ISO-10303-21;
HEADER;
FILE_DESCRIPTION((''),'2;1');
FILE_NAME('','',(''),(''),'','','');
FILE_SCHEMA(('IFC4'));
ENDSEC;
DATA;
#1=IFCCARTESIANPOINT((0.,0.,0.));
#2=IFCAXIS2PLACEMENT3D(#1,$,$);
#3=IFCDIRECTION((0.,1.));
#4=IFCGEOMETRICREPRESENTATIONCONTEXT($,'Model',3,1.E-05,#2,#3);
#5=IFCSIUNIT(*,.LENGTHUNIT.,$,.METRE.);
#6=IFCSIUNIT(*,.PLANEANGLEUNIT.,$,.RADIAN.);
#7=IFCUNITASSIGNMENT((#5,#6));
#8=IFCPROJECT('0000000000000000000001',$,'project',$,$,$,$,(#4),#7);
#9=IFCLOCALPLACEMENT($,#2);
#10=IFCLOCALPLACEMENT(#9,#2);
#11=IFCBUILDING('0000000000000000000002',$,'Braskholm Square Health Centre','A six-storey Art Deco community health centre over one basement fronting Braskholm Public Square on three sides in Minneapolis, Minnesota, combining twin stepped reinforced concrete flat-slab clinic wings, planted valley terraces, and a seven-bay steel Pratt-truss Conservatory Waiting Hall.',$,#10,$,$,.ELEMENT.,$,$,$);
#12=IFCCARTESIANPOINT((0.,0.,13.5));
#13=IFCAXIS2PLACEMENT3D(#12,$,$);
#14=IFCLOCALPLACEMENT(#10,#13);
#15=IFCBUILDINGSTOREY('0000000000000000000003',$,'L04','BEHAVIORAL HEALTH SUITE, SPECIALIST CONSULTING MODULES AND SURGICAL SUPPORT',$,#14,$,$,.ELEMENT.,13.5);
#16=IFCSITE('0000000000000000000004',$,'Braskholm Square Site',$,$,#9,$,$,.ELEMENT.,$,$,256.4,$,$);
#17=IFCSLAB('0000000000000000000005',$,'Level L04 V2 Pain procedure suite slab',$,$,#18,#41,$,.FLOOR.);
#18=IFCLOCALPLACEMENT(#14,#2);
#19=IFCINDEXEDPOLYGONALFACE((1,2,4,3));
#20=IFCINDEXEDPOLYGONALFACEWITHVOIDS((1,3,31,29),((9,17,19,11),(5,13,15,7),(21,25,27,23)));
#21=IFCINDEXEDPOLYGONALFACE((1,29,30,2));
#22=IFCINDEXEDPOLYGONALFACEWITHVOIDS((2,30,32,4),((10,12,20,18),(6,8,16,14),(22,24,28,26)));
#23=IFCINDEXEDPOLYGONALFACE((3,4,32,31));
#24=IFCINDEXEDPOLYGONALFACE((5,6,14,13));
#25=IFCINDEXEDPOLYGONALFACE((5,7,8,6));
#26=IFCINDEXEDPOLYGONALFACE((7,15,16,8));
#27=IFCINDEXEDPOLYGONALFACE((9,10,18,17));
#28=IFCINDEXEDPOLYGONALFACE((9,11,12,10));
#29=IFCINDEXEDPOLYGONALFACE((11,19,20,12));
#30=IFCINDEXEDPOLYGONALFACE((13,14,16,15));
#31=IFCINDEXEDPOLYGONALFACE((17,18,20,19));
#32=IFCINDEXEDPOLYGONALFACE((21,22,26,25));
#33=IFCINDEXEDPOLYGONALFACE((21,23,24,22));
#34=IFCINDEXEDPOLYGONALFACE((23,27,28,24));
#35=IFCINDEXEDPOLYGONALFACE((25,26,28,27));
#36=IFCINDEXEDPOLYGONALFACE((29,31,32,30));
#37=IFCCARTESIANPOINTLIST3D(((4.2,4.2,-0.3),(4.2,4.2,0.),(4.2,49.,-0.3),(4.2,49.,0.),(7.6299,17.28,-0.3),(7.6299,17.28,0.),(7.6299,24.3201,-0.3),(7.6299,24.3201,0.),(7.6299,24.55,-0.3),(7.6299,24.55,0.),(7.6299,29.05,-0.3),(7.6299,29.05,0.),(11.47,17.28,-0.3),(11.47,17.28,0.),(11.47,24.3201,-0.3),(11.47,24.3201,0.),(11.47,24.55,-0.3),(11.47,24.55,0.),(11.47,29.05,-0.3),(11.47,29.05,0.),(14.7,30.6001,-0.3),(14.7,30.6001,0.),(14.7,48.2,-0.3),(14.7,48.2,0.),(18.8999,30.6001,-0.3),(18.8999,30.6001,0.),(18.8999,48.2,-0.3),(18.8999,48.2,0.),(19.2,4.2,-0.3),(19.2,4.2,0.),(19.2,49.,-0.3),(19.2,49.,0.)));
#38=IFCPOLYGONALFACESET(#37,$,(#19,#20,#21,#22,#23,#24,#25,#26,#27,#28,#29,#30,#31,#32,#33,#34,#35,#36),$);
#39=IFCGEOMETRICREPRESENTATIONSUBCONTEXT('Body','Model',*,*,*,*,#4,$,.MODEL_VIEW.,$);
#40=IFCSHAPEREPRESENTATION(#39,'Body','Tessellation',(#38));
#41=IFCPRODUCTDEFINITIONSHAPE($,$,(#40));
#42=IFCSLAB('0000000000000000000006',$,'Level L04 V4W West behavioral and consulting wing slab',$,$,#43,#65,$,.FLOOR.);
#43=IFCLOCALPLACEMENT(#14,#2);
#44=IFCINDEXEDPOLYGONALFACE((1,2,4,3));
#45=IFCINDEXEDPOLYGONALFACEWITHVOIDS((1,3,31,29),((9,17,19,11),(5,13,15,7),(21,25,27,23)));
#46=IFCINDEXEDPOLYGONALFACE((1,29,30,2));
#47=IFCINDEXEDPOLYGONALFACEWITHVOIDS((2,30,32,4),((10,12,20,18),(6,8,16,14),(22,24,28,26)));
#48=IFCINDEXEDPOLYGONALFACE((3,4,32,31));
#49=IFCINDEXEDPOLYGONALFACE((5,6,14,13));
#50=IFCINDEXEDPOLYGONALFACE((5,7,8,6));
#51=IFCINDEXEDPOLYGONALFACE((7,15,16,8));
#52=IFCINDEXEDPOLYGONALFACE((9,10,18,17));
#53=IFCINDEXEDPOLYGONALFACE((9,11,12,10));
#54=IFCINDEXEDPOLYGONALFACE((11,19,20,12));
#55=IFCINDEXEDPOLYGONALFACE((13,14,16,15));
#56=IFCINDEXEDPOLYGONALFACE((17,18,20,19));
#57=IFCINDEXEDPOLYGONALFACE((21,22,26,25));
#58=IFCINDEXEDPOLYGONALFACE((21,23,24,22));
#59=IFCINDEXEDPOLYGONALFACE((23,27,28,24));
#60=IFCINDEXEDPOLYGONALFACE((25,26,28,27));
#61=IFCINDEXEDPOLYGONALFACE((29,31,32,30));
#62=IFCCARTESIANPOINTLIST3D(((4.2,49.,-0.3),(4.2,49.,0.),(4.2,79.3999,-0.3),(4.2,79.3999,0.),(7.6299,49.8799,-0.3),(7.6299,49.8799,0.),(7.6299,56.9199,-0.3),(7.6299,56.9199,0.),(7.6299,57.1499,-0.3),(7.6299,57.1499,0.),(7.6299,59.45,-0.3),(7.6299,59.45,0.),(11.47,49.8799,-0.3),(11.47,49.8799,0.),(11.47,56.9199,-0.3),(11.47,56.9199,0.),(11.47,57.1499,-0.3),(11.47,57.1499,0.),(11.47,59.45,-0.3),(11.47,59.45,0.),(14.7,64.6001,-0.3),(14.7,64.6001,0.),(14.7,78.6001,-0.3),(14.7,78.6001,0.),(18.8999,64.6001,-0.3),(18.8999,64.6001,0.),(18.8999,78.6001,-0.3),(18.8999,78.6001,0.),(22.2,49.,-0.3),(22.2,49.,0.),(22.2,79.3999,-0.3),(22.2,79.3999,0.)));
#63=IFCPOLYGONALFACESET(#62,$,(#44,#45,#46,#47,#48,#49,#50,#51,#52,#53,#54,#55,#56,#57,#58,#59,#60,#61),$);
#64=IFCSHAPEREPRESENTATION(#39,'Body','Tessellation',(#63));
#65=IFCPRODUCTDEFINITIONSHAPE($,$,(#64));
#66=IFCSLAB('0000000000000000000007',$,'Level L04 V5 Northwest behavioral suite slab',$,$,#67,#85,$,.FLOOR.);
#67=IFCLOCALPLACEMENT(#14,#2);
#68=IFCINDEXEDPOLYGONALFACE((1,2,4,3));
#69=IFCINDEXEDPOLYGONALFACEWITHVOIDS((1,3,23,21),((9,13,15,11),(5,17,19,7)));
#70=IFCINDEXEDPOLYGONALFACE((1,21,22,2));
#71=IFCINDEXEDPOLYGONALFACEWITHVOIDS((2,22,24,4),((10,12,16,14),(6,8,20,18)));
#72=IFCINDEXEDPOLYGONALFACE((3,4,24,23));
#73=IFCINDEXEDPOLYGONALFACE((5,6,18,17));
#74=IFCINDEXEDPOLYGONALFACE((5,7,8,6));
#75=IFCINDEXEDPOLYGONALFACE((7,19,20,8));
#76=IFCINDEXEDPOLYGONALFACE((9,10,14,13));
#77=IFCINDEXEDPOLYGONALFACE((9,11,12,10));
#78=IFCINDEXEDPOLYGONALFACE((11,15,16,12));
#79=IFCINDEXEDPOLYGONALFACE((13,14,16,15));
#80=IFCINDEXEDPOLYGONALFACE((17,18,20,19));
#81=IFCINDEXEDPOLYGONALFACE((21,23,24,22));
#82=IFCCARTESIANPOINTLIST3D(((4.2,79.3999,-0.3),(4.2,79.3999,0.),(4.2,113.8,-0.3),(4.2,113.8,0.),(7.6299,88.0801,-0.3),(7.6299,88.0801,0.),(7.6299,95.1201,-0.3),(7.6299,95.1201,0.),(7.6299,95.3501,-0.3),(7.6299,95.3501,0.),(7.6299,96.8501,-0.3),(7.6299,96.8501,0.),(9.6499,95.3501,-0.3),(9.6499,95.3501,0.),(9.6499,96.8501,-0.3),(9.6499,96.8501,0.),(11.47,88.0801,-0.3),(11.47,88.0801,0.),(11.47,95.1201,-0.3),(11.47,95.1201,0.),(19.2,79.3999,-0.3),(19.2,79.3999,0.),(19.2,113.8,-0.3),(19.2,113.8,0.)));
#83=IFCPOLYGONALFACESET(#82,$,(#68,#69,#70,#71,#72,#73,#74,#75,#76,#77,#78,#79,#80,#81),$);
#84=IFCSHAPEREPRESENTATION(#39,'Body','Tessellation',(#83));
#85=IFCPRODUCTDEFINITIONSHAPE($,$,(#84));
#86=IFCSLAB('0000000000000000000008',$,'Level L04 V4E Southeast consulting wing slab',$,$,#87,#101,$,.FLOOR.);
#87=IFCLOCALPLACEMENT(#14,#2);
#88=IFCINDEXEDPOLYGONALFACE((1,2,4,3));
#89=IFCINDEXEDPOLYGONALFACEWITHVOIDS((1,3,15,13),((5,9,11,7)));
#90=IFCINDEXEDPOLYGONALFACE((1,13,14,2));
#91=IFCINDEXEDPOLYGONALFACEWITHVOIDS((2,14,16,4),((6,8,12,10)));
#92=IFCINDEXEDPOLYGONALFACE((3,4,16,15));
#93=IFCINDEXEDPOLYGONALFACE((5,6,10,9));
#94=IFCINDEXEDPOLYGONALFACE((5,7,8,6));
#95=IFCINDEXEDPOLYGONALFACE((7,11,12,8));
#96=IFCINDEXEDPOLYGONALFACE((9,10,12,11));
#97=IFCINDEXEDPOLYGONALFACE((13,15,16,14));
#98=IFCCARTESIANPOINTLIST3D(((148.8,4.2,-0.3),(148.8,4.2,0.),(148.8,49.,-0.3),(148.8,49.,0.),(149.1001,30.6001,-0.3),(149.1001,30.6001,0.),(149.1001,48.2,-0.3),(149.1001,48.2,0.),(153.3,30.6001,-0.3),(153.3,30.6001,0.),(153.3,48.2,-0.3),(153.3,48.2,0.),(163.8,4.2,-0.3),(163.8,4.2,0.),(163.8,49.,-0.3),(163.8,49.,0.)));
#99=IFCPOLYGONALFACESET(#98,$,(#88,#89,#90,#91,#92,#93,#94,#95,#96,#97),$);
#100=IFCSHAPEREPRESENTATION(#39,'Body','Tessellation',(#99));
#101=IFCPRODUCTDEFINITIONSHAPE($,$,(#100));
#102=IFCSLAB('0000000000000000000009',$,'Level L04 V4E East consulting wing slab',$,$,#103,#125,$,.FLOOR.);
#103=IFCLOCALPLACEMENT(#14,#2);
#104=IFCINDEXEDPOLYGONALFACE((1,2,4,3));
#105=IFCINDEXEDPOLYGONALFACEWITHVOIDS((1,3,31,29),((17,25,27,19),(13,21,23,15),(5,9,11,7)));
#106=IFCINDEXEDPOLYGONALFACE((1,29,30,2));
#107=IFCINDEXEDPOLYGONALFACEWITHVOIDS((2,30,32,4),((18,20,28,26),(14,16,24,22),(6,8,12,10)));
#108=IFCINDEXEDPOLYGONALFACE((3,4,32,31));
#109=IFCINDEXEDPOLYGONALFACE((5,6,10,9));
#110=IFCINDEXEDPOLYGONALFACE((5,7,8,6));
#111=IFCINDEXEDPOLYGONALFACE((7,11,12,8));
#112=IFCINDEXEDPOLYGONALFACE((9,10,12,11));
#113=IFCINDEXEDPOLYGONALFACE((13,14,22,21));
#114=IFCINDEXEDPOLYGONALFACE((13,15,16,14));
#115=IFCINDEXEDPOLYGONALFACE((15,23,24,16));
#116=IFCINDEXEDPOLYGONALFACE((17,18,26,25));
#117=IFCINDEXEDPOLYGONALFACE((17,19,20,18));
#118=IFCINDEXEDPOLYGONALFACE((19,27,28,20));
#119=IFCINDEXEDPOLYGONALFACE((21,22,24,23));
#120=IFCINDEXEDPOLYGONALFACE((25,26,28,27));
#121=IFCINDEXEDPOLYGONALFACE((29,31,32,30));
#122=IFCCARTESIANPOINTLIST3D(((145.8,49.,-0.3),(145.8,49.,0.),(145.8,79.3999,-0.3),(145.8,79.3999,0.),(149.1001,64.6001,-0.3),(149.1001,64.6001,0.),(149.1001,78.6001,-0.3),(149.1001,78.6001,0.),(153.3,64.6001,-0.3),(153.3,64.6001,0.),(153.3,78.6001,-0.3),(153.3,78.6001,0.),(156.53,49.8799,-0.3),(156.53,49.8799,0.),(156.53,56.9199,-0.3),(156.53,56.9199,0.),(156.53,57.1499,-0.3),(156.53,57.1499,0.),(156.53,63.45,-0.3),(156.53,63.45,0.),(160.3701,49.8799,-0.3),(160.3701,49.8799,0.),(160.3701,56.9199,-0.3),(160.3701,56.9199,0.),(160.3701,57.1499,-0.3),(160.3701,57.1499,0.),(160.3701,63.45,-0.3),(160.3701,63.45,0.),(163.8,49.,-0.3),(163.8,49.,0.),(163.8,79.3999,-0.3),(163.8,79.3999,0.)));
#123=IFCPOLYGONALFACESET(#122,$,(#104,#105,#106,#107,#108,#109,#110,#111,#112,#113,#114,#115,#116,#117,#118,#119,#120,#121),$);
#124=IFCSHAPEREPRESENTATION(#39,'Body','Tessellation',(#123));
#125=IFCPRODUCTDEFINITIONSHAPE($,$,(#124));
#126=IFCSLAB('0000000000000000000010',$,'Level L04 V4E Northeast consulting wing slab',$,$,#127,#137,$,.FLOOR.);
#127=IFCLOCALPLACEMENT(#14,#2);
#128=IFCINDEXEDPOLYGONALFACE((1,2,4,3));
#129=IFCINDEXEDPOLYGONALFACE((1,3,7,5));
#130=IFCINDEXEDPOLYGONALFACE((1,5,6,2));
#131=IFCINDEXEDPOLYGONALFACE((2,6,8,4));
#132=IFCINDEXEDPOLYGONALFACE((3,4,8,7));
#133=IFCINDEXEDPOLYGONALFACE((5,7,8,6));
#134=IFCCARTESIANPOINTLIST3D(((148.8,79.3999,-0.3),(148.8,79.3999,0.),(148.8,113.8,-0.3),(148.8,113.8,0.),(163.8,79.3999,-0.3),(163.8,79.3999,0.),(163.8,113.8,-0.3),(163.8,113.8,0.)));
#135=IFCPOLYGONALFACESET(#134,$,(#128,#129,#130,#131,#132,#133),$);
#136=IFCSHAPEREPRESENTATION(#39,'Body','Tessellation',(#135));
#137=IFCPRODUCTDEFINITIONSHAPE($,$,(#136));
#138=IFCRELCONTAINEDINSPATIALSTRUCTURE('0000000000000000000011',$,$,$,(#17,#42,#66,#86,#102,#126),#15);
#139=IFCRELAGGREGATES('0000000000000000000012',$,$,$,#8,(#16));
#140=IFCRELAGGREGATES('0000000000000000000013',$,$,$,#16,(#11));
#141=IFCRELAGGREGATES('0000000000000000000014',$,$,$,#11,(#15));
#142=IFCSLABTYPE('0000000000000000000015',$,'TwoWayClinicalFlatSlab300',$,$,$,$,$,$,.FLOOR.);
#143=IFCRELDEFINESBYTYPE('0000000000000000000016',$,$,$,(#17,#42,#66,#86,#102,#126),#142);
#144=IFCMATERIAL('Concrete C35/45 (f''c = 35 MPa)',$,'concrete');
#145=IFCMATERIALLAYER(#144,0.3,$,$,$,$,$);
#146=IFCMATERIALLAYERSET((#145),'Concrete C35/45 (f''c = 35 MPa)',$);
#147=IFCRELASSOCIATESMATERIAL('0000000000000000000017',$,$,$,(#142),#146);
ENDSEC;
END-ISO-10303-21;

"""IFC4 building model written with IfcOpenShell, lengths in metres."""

from ifc_helpers import new_model, si_unit, direction, frame, origin, place, context, subcontext, project, spatial, polyline, outline, extrude, material, layer, layer_set, type_object, element, save


model = new_model("IFC4")

# Units and contexts
model_context = context("Model", 3, precision=1e-05, world=origin(), true_north=direction((0.0, 1.0)))
body_context = subcontext(model_context, "Body", "Model", "MODEL_VIEW")
ifc_project = project(units=[si_unit("LENGTHUNIT", "METRE"), si_unit("PLANEANGLEUNIT", "RADIAN")], contexts=[model_context])

# Site, building, storey
site_placement = place(None, origin())
site = spatial("IfcSite", under=ifc_project, at=site_placement, Name="Braskholm Square Site", CompositionType="ELEMENT", RefElevation=256.4)
building_placement = place(site_placement, origin())
building = spatial("IfcBuilding", under=site, at=building_placement, Name="Braskholm Square Health Centre", Description="A six-storey Art Deco community health centre over one basement fronting Braskholm Public Square on three sides in Minneapolis, Minnesota, combining twin stepped reinforced concrete flat-slab clinic wings, planted valley terraces, and a seven-bay steel Pratt-truss Conservatory Waiting Hall.", CompositionType="ELEMENT")
storey_placement = place(building_placement, frame((0.0, 0.0, 13.5)))
storey = spatial("IfcBuildingStorey", under=building, at=storey_placement, Name="L04", Description="BEHAVIORAL HEALTH SUITE, SPECIALIST CONSULTING MODULES AND SURGICAL SUPPORT", CompositionType="ELEMENT", Elevation=13.5)

# Slabs
ifc_material_1 = material(Name="Concrete C35/45 (f'c = 35 MPa)", Category="concrete")
ifc_layer_1 = layer(ifc_material_1, 0.3)
ifc_layer_set_1 = layer_set([ifc_layer_1], Name="Concrete C35/45 (f'c = 35 MPa)")
slab_type_1 = type_object("IfcSlabType", Name="TwoWayClinicalFlatSlab300", PredefinedType="FLOOR", material=ifc_layer_set_1)
slab_1_placement = place(storey_placement, frame((0.0, 0.0, -0.3)))
element("IfcSlab", 1, at=slab_1_placement, inside=storey, type_object=slab_type_1, Name="Level L04 V2 Pain procedure suite slab", PredefinedType="FLOOR", context=body_context, shape_type="SweptSolid", body=[
    extrude(outline(polyline([(4.2, 4.2), (19.2, 4.2), (19.2, 49.0), (4.2, 49.0), (4.2, 4.2)]), holes=[polyline([(7.6299, 17.28), (11.47, 17.28), (11.47, 24.3201), (7.6299, 24.3201), (7.6299, 17.28)]), polyline([(7.6299, 24.55), (11.47, 24.55), (11.47, 29.05), (7.6299, 29.05), (7.6299, 24.55)]), polyline([(14.7, 30.6001), (18.8999, 30.6001), (18.8999, 48.2), (14.7, 48.2), (14.7, 30.6001)])]), origin(), (0.0, 0.0, 1.0), 0.3),
])
slab_2_placement = place(storey_placement, frame((0.0, 0.0, -0.3)))
element("IfcSlab", 2, at=slab_2_placement, inside=storey, type_object=slab_type_1, Name="Level L04 V4W West behavioral and consulting wing slab", PredefinedType="FLOOR", context=body_context, shape_type="SweptSolid", body=[
    extrude(outline(polyline([(4.2, 49.0), (22.2, 49.0), (22.2, 79.3999), (4.2, 79.3999), (4.2, 49.0)]), holes=[polyline([(7.6299, 49.8799), (11.47, 49.8799), (11.47, 56.9199), (7.6299, 56.9199), (7.6299, 49.8799)]), polyline([(7.6299, 57.1499), (11.47, 57.1499), (11.47, 59.45), (7.6299, 59.45), (7.6299, 57.1499)]), polyline([(14.7, 64.6001), (18.8999, 64.6001), (18.8999, 78.6001), (14.7, 78.6001), (14.7, 64.6001)])]), origin(), (0.0, 0.0, 1.0), 0.3),
])
slab_3_placement = place(storey_placement, frame((0.0, 0.0, -0.3)))
element("IfcSlab", 3, at=slab_3_placement, inside=storey, type_object=slab_type_1, Name="Level L04 V5 Northwest behavioral suite slab", PredefinedType="FLOOR", context=body_context, shape_type="SweptSolid", body=[
    extrude(outline(polyline([(4.2, 79.3999), (19.2, 79.3999), (19.2, 113.8), (4.2, 113.8), (4.2, 79.3999)]), holes=[polyline([(7.6299, 88.0801), (11.47, 88.0801), (11.47, 95.1201), (7.6299, 95.1201), (7.6299, 88.0801)]), polyline([(7.6299, 95.3501), (9.6499, 95.3501), (9.6499, 96.8501), (7.6299, 96.8501), (7.6299, 95.3501)])]), origin(), (0.0, 0.0, 1.0), 0.3),
])
slab_4_placement = place(storey_placement, frame((0.0, 0.0, -0.3)))
element("IfcSlab", 4, at=slab_4_placement, inside=storey, type_object=slab_type_1, Name="Level L04 V4E Southeast consulting wing slab", PredefinedType="FLOOR", context=body_context, shape_type="SweptSolid", body=[
    extrude(outline(polyline([(148.8, 4.2), (163.8, 4.2), (163.8, 49.0), (148.8, 49.0), (148.8, 4.2)]), holes=[polyline([(149.1001, 30.6001), (153.3, 30.6001), (153.3, 48.2), (149.1001, 48.2), (149.1001, 30.6001)])]), origin(), (0.0, 0.0, 1.0), 0.3),
])
slab_5_placement = place(storey_placement, frame((0.0, 0.0, -0.3)))
element("IfcSlab", 5, at=slab_5_placement, inside=storey, type_object=slab_type_1, Name="Level L04 V4E East consulting wing slab", PredefinedType="FLOOR", context=body_context, shape_type="SweptSolid", body=[
    extrude(outline(polyline([(145.8, 49.0), (163.8, 49.0), (163.8, 79.3999), (145.8, 79.3999), (145.8, 49.0)]), holes=[polyline([(156.53, 49.8799), (160.3701, 49.8799), (160.3701, 56.9199), (156.53, 56.9199), (156.53, 49.8799)]), polyline([(156.53, 57.1499), (160.3701, 57.1499), (160.3701, 63.45), (156.53, 63.45), (156.53, 57.1499)]), polyline([(149.1001, 64.6001), (153.3, 64.6001), (153.3, 78.6001), (149.1001, 78.6001), (149.1001, 64.6001)])]), origin(), (0.0, 0.0, 1.0), 0.3),
])
slab_6_placement = place(storey_placement, frame((0.0, 0.0, -0.3)))
element("IfcSlab", 6, at=slab_6_placement, inside=storey, type_object=slab_type_1, Name="Level L04 V4E Northeast consulting wing slab", PredefinedType="FLOOR", context=body_context, shape_type="SweptSolid", body=[
    extrude(outline(polyline([(148.8, 79.3999), (163.8, 79.3999), (163.8, 113.8), (148.8, 113.8), (148.8, 79.3999)])), origin(), (0.0, 0.0, 1.0), 0.3),
])

save(model, "model.ifc")
